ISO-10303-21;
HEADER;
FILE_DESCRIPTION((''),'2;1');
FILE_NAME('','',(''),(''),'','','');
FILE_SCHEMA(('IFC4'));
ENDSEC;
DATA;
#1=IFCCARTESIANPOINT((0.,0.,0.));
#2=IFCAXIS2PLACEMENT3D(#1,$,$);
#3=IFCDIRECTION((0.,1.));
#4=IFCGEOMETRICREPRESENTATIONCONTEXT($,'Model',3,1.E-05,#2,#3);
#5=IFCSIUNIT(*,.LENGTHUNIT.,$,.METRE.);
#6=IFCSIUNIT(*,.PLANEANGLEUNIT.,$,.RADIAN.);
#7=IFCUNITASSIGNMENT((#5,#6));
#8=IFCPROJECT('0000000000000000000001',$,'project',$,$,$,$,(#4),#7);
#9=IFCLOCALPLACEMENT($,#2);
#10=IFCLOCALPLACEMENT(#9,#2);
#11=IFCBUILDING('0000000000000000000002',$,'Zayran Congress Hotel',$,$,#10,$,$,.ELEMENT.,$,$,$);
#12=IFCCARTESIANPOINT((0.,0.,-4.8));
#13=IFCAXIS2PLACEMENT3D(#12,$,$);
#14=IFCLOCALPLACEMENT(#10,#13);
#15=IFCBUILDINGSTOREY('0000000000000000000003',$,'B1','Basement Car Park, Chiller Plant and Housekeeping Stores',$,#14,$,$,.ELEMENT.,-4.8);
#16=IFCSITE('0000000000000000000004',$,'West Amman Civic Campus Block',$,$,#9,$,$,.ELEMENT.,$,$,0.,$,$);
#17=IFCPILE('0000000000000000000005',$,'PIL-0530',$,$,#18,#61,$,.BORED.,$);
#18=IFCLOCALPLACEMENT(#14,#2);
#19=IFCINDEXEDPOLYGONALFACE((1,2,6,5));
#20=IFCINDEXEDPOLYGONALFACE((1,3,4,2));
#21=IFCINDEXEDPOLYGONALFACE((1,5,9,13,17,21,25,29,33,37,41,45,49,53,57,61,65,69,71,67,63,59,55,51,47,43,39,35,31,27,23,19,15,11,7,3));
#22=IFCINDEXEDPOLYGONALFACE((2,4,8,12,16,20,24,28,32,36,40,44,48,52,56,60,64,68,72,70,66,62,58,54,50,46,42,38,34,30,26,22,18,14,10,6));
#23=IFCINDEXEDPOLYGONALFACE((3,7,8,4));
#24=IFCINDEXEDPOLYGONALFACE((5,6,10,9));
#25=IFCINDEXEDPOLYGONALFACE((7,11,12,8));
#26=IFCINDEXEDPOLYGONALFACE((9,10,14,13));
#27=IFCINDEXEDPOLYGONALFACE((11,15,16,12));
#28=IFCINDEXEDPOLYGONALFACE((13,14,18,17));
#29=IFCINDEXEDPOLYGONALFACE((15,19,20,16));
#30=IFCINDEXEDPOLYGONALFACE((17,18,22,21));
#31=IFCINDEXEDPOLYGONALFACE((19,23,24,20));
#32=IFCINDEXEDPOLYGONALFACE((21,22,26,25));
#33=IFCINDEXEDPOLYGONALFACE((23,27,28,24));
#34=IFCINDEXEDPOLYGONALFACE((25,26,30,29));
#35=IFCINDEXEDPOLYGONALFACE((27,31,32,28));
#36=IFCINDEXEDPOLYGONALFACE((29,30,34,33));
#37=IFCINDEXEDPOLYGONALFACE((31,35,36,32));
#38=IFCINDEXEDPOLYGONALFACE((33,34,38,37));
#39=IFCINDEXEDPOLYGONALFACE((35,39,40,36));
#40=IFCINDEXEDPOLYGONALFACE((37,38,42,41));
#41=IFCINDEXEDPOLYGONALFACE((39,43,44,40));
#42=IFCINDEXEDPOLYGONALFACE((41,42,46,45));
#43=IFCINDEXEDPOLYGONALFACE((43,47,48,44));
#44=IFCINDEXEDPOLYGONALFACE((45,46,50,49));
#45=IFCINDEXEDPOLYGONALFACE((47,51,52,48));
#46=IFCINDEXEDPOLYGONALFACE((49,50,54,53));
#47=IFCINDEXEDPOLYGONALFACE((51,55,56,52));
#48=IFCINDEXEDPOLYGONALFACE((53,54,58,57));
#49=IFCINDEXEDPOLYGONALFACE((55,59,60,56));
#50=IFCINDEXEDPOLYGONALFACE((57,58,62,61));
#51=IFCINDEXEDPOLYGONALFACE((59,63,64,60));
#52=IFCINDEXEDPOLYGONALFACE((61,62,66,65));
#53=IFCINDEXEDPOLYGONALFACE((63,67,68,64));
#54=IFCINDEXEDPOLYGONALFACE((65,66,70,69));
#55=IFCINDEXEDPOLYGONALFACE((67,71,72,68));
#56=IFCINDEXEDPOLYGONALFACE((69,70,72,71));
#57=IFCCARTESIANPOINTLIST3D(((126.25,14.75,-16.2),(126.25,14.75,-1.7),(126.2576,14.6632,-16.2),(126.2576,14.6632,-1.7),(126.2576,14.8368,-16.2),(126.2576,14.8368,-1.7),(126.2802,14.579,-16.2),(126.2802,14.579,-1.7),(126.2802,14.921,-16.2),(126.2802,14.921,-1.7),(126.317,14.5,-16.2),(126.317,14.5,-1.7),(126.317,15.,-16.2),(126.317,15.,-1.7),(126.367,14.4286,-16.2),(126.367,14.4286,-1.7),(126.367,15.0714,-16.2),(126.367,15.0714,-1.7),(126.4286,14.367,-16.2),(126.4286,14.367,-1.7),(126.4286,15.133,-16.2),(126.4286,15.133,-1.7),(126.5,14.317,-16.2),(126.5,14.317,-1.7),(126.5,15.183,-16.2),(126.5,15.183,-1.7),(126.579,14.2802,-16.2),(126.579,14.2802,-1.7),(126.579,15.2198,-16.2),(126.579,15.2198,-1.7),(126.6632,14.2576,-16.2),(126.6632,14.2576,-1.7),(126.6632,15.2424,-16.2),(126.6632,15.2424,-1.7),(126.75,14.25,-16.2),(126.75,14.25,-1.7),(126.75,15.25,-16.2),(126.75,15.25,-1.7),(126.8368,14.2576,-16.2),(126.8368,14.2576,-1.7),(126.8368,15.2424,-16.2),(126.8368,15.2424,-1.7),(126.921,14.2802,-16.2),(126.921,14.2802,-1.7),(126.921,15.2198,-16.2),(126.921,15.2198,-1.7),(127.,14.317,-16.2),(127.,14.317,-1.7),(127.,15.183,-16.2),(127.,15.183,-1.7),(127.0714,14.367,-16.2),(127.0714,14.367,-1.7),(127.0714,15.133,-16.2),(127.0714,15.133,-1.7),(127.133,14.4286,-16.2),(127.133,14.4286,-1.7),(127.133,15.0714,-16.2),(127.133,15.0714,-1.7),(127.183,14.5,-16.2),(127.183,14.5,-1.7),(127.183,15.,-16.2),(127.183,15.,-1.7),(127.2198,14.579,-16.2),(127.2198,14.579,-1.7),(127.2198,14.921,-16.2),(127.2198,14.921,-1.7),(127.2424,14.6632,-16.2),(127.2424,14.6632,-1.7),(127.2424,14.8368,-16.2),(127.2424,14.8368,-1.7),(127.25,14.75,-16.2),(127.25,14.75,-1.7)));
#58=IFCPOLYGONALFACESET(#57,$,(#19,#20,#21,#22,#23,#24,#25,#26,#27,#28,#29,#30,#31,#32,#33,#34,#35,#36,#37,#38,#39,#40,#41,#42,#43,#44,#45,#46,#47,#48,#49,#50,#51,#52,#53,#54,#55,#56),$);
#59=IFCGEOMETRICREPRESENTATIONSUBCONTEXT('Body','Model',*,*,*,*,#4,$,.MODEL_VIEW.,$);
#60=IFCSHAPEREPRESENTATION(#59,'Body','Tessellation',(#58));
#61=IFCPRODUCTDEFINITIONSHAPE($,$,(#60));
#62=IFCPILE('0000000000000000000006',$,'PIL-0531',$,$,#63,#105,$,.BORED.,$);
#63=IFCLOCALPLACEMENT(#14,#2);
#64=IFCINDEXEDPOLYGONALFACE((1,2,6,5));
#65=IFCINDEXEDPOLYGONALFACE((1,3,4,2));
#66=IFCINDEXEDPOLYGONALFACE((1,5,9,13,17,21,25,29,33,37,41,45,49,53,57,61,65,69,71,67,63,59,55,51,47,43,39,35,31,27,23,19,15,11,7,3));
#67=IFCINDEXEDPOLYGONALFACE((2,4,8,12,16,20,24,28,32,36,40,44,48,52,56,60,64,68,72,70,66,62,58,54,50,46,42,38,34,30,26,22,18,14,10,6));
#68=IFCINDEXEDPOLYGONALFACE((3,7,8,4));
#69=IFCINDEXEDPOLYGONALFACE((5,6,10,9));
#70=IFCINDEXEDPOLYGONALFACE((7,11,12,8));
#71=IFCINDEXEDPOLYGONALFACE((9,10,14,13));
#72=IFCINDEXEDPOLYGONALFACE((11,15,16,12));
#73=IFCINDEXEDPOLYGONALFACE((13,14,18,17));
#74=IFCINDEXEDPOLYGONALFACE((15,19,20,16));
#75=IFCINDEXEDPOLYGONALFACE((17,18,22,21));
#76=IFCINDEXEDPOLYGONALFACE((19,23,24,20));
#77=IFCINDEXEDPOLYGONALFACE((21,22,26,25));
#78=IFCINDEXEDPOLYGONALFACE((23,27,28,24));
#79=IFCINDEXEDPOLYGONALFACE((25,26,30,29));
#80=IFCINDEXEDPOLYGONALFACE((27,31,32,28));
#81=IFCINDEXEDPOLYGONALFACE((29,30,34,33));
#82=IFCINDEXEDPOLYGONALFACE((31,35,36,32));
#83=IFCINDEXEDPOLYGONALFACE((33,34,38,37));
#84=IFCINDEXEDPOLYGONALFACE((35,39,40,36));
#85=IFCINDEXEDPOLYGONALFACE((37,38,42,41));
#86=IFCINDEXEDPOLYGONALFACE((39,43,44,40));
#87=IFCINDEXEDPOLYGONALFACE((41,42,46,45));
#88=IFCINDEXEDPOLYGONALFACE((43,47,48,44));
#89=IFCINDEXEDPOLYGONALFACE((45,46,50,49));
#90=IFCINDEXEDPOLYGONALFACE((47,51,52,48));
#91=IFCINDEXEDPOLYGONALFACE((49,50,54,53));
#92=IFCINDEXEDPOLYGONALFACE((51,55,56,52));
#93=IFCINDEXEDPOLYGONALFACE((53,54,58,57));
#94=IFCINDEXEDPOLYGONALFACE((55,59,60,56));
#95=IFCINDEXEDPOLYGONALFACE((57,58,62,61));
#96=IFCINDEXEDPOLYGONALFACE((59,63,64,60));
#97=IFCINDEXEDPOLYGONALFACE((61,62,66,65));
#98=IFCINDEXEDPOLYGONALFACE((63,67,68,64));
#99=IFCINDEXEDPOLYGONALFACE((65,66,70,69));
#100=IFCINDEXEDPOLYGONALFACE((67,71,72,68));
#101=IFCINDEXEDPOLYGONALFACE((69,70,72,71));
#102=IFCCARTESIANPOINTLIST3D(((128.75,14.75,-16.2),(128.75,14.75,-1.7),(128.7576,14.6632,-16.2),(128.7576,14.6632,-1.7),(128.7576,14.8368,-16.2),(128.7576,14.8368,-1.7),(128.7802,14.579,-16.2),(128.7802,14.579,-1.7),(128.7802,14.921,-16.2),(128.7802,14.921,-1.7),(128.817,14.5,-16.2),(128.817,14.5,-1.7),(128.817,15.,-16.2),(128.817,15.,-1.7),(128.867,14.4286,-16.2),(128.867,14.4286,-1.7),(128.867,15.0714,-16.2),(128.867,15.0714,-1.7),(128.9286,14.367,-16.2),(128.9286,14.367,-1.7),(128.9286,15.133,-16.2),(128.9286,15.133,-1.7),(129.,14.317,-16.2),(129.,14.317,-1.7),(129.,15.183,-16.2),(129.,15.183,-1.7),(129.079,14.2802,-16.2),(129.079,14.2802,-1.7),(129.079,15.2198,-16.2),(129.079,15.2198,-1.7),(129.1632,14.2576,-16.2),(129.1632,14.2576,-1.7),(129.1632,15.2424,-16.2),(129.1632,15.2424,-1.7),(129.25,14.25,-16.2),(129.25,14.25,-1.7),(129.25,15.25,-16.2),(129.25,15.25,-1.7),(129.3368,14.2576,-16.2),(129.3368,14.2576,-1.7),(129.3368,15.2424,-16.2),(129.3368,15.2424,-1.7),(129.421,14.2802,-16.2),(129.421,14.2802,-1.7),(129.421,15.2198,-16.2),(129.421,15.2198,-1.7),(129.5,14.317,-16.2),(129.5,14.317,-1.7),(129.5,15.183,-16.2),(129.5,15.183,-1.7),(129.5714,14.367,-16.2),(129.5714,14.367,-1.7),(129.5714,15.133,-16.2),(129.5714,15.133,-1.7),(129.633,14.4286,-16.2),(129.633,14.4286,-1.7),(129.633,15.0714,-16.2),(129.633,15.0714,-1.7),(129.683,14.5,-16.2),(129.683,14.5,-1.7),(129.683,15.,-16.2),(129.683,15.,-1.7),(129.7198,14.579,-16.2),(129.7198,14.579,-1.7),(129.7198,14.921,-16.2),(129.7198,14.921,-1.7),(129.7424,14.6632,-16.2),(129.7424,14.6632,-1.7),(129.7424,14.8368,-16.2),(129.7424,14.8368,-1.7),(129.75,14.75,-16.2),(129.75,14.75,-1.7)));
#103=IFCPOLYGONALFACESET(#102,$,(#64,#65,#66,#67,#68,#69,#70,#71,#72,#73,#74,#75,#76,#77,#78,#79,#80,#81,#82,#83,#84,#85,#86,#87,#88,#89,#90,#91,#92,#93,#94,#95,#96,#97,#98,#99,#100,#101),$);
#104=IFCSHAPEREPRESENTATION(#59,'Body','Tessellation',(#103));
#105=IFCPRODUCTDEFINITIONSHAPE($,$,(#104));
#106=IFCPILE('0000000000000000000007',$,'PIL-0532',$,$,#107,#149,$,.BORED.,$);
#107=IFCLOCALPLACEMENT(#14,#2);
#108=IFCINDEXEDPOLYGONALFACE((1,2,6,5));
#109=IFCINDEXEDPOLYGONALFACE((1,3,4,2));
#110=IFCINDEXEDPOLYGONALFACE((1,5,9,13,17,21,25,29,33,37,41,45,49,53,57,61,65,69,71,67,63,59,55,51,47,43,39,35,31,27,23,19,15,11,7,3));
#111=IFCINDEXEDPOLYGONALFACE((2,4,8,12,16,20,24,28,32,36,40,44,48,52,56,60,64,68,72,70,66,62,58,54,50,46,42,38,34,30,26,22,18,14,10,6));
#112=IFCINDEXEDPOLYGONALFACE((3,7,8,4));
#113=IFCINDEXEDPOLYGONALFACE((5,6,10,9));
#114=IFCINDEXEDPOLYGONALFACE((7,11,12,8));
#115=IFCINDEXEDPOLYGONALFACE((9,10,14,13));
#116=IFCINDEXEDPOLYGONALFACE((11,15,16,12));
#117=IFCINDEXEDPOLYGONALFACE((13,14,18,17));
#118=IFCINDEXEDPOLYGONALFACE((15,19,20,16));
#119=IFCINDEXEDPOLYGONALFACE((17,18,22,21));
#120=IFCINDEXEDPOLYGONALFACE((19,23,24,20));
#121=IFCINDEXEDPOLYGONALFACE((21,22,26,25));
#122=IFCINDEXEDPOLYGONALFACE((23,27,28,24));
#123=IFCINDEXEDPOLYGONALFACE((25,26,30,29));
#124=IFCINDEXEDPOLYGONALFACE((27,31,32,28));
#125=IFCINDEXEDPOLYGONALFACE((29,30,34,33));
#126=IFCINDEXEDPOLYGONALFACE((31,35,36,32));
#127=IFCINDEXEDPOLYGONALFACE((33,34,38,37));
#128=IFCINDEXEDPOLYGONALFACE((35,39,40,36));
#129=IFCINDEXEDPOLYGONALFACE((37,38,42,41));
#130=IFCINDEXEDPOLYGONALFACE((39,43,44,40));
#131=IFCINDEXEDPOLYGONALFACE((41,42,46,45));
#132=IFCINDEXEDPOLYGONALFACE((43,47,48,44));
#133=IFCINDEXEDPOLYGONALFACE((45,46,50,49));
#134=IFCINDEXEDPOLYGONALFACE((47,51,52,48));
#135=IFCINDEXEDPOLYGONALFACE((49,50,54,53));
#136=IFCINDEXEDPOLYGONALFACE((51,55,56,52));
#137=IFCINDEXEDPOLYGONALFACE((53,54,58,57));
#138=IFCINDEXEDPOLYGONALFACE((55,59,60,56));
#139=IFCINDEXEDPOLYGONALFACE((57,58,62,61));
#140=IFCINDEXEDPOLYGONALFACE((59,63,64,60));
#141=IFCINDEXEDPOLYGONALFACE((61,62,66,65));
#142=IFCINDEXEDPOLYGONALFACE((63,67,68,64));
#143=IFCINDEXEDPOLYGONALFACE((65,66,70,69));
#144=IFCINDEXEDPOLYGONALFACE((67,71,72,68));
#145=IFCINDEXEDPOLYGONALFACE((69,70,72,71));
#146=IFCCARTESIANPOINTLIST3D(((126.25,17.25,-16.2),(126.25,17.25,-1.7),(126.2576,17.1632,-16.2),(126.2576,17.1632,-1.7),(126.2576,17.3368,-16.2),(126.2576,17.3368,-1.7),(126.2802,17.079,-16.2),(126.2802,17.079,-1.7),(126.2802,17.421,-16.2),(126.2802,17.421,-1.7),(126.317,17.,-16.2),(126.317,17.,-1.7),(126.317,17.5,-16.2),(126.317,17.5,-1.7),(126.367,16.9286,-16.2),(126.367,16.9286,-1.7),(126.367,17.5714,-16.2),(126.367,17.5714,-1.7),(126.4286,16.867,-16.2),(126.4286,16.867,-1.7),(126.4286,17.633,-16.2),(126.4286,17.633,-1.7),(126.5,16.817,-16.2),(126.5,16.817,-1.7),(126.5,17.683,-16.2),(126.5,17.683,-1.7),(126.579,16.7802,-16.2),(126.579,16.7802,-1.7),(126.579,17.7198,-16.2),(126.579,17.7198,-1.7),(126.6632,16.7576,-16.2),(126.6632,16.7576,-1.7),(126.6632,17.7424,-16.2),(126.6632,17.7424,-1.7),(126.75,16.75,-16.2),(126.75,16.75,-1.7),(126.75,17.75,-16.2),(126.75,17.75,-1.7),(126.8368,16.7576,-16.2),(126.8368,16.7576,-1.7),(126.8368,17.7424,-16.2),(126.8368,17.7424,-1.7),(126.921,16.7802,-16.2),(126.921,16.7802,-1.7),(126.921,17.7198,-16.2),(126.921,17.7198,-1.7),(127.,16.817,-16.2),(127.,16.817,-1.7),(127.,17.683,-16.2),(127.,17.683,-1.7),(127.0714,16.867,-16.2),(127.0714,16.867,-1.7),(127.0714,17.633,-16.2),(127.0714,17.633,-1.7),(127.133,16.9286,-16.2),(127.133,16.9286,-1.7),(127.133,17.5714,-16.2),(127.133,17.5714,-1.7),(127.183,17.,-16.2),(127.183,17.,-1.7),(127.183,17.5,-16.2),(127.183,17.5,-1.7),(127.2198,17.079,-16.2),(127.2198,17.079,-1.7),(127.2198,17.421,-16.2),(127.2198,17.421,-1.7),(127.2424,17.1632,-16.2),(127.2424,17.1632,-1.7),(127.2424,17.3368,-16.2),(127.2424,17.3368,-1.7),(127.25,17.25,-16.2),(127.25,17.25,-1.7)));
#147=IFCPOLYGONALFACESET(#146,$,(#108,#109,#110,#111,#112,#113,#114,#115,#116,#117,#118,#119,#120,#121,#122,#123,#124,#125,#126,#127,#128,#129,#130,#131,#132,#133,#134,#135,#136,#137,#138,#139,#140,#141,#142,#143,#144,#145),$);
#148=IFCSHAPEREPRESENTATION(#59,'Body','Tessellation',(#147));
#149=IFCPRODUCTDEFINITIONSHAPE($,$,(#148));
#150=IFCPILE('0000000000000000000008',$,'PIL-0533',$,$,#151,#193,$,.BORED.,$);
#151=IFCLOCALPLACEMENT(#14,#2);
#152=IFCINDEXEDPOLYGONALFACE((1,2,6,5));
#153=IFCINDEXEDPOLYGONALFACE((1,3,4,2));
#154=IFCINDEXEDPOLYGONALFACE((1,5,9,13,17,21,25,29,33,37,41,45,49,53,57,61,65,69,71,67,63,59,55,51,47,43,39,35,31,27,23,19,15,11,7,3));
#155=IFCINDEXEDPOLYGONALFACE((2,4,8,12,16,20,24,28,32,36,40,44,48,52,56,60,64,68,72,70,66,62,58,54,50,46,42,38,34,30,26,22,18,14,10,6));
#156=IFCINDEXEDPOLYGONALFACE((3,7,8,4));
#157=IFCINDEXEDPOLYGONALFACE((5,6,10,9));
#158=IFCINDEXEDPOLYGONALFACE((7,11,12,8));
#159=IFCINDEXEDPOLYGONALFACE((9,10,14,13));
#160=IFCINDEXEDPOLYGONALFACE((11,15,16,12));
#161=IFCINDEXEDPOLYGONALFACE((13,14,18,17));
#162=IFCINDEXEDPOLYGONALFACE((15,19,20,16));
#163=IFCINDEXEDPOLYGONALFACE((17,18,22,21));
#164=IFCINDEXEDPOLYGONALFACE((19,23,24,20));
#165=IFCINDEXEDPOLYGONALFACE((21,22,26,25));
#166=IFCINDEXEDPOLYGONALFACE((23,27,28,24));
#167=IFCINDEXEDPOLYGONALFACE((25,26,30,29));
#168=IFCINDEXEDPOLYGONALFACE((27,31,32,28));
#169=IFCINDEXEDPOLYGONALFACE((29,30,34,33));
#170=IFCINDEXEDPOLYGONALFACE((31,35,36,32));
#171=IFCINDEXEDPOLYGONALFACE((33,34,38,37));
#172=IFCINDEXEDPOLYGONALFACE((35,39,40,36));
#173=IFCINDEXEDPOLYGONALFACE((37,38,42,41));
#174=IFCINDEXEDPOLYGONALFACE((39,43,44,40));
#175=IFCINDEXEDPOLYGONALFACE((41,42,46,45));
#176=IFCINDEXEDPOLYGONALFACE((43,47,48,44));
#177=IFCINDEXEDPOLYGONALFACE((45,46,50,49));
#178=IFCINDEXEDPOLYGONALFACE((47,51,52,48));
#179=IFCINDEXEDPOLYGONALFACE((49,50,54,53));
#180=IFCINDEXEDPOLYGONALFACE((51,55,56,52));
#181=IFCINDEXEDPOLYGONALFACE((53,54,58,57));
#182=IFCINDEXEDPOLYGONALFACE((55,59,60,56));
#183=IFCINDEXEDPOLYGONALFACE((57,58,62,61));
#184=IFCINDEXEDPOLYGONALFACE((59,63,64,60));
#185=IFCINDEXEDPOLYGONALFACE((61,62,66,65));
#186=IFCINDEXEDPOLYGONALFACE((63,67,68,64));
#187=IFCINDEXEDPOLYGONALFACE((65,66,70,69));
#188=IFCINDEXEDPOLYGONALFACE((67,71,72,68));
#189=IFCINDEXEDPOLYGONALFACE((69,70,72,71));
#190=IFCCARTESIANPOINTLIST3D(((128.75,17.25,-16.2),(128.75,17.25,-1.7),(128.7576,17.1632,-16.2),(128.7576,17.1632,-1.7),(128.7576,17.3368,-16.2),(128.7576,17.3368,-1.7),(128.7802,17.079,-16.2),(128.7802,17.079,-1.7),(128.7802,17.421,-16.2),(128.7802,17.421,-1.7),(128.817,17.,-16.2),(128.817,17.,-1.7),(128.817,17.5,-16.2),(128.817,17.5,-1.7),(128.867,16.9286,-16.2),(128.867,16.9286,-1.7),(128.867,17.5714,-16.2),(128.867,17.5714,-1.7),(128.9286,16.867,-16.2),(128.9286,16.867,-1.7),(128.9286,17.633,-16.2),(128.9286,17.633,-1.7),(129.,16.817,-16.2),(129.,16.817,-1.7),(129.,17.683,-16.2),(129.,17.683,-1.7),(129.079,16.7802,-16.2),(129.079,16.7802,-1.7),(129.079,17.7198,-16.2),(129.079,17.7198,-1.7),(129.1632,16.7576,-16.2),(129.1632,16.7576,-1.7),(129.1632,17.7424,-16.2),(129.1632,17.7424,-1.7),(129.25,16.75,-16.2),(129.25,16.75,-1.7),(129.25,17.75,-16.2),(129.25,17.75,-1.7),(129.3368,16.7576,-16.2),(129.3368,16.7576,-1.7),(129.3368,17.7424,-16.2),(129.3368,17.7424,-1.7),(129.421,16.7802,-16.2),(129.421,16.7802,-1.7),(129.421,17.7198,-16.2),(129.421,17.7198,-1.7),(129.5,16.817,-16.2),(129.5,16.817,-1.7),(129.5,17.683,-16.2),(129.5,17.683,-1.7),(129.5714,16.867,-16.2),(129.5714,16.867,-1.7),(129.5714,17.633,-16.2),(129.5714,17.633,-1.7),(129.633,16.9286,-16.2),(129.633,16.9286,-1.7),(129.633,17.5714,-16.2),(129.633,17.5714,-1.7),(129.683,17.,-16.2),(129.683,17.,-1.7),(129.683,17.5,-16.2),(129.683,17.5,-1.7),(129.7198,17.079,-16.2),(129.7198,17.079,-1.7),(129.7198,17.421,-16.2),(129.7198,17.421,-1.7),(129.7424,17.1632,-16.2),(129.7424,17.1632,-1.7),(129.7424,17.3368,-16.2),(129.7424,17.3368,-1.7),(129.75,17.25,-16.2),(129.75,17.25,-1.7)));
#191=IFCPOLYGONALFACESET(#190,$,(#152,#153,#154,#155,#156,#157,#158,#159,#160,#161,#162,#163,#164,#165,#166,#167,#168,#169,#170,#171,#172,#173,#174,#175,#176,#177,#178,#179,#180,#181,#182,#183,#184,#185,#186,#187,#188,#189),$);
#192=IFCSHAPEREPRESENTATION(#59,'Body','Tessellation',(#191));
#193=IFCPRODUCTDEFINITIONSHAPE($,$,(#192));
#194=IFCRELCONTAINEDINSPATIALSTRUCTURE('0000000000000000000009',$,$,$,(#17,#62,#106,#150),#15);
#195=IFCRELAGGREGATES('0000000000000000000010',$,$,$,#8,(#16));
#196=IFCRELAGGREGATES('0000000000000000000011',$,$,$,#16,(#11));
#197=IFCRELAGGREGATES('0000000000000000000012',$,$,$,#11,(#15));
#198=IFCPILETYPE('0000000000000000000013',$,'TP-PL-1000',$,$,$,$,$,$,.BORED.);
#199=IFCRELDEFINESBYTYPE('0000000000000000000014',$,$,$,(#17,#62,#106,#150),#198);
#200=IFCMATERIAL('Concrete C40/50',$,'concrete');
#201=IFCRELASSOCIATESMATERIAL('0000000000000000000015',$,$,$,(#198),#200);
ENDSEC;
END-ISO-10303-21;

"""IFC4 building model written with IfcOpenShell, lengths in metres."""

from ifc_helpers import new_model, si_unit, direction, frame, origin, origin_2d, place, context, subcontext, project, spatial, circle, extrude, material, material_profile, profile_set, type_object, element, save


model = new_model("IFC4")

# Units and contexts
model_context = context("Model", 3, precision=1e-05, world=origin(), true_north=direction((0.0, 1.0)))
body_context = subcontext(model_context, "Body", "Model", "MODEL_VIEW")
ifc_project = project(units=[si_unit("LENGTHUNIT", "METRE"), si_unit("PLANEANGLEUNIT", "RADIAN")], contexts=[model_context])

# Site, building, storey
site_placement = place(None, origin())
site = spatial("IfcSite", under=ifc_project, at=site_placement, Name="West Amman Civic Campus Block", CompositionType="ELEMENT", RefElevation=0.0)
building_placement = place(site_placement, origin())
building = spatial("IfcBuilding", under=site, at=building_placement, Name="Zayran Congress Hotel", CompositionType="ELEMENT")
storey_placement = place(building_placement, frame((0.0, 0.0, -4.8)))
storey = spatial("IfcBuildingStorey", under=building, at=storey_placement, Name="B1", Description="Basement Car Park, Chiller Plant and Housekeeping Stores", CompositionType="ELEMENT", Elevation=-4.8)

# Piles
ifc_material_1 = material(Name="Concrete C40/50", Category="concrete")
ifc_material_profile_1 = material_profile(ifc_material_1, circle(Radius=0.5, at=origin_2d()), Name="PILE D1000")
ifc_profile_set_1 = profile_set([ifc_material_profile_1], Name="Concrete C40/50")
pile_type_1 = type_object("IfcPileType", Name="TP-PL-1000", PredefinedType="BORED", material=ifc_profile_set_1)
for number, where, z_axis, x_axis, name in (
    (1, (126.75, 14.75, -1.7), (0.0, 0.0, -1.0), (1.0, 0.0, 0.0), "PIL-0530"),
    (2, (129.25, 14.75, -1.7), (0.0, 0.0, -1.0), (1.0, 0.0, 0.0), "PIL-0531"),
    (3, (126.75, 17.25, -1.7), (0.0, 0.0, -1.0), (1.0, 0.0, 0.0), "PIL-0532"),
    (4, (129.25, 17.25, -1.7), (0.0, 0.0, -1.0), (1.0, 0.0, 0.0), "PIL-0533"),
):
    element("IfcPile", number, at=place(storey_placement, frame(where, z_axis=z_axis, x_axis=x_axis)), inside=storey, type_object=pile_type_1, Name=name, PredefinedType="BORED", context=body_context, shape_type="SweptSolid", body=[
        extrude(circle(Radius=0.5, at=origin_2d()), origin(), (0.0, 0.0, 1.0), 14.5),
    ])

save(model, "model.ifc")
